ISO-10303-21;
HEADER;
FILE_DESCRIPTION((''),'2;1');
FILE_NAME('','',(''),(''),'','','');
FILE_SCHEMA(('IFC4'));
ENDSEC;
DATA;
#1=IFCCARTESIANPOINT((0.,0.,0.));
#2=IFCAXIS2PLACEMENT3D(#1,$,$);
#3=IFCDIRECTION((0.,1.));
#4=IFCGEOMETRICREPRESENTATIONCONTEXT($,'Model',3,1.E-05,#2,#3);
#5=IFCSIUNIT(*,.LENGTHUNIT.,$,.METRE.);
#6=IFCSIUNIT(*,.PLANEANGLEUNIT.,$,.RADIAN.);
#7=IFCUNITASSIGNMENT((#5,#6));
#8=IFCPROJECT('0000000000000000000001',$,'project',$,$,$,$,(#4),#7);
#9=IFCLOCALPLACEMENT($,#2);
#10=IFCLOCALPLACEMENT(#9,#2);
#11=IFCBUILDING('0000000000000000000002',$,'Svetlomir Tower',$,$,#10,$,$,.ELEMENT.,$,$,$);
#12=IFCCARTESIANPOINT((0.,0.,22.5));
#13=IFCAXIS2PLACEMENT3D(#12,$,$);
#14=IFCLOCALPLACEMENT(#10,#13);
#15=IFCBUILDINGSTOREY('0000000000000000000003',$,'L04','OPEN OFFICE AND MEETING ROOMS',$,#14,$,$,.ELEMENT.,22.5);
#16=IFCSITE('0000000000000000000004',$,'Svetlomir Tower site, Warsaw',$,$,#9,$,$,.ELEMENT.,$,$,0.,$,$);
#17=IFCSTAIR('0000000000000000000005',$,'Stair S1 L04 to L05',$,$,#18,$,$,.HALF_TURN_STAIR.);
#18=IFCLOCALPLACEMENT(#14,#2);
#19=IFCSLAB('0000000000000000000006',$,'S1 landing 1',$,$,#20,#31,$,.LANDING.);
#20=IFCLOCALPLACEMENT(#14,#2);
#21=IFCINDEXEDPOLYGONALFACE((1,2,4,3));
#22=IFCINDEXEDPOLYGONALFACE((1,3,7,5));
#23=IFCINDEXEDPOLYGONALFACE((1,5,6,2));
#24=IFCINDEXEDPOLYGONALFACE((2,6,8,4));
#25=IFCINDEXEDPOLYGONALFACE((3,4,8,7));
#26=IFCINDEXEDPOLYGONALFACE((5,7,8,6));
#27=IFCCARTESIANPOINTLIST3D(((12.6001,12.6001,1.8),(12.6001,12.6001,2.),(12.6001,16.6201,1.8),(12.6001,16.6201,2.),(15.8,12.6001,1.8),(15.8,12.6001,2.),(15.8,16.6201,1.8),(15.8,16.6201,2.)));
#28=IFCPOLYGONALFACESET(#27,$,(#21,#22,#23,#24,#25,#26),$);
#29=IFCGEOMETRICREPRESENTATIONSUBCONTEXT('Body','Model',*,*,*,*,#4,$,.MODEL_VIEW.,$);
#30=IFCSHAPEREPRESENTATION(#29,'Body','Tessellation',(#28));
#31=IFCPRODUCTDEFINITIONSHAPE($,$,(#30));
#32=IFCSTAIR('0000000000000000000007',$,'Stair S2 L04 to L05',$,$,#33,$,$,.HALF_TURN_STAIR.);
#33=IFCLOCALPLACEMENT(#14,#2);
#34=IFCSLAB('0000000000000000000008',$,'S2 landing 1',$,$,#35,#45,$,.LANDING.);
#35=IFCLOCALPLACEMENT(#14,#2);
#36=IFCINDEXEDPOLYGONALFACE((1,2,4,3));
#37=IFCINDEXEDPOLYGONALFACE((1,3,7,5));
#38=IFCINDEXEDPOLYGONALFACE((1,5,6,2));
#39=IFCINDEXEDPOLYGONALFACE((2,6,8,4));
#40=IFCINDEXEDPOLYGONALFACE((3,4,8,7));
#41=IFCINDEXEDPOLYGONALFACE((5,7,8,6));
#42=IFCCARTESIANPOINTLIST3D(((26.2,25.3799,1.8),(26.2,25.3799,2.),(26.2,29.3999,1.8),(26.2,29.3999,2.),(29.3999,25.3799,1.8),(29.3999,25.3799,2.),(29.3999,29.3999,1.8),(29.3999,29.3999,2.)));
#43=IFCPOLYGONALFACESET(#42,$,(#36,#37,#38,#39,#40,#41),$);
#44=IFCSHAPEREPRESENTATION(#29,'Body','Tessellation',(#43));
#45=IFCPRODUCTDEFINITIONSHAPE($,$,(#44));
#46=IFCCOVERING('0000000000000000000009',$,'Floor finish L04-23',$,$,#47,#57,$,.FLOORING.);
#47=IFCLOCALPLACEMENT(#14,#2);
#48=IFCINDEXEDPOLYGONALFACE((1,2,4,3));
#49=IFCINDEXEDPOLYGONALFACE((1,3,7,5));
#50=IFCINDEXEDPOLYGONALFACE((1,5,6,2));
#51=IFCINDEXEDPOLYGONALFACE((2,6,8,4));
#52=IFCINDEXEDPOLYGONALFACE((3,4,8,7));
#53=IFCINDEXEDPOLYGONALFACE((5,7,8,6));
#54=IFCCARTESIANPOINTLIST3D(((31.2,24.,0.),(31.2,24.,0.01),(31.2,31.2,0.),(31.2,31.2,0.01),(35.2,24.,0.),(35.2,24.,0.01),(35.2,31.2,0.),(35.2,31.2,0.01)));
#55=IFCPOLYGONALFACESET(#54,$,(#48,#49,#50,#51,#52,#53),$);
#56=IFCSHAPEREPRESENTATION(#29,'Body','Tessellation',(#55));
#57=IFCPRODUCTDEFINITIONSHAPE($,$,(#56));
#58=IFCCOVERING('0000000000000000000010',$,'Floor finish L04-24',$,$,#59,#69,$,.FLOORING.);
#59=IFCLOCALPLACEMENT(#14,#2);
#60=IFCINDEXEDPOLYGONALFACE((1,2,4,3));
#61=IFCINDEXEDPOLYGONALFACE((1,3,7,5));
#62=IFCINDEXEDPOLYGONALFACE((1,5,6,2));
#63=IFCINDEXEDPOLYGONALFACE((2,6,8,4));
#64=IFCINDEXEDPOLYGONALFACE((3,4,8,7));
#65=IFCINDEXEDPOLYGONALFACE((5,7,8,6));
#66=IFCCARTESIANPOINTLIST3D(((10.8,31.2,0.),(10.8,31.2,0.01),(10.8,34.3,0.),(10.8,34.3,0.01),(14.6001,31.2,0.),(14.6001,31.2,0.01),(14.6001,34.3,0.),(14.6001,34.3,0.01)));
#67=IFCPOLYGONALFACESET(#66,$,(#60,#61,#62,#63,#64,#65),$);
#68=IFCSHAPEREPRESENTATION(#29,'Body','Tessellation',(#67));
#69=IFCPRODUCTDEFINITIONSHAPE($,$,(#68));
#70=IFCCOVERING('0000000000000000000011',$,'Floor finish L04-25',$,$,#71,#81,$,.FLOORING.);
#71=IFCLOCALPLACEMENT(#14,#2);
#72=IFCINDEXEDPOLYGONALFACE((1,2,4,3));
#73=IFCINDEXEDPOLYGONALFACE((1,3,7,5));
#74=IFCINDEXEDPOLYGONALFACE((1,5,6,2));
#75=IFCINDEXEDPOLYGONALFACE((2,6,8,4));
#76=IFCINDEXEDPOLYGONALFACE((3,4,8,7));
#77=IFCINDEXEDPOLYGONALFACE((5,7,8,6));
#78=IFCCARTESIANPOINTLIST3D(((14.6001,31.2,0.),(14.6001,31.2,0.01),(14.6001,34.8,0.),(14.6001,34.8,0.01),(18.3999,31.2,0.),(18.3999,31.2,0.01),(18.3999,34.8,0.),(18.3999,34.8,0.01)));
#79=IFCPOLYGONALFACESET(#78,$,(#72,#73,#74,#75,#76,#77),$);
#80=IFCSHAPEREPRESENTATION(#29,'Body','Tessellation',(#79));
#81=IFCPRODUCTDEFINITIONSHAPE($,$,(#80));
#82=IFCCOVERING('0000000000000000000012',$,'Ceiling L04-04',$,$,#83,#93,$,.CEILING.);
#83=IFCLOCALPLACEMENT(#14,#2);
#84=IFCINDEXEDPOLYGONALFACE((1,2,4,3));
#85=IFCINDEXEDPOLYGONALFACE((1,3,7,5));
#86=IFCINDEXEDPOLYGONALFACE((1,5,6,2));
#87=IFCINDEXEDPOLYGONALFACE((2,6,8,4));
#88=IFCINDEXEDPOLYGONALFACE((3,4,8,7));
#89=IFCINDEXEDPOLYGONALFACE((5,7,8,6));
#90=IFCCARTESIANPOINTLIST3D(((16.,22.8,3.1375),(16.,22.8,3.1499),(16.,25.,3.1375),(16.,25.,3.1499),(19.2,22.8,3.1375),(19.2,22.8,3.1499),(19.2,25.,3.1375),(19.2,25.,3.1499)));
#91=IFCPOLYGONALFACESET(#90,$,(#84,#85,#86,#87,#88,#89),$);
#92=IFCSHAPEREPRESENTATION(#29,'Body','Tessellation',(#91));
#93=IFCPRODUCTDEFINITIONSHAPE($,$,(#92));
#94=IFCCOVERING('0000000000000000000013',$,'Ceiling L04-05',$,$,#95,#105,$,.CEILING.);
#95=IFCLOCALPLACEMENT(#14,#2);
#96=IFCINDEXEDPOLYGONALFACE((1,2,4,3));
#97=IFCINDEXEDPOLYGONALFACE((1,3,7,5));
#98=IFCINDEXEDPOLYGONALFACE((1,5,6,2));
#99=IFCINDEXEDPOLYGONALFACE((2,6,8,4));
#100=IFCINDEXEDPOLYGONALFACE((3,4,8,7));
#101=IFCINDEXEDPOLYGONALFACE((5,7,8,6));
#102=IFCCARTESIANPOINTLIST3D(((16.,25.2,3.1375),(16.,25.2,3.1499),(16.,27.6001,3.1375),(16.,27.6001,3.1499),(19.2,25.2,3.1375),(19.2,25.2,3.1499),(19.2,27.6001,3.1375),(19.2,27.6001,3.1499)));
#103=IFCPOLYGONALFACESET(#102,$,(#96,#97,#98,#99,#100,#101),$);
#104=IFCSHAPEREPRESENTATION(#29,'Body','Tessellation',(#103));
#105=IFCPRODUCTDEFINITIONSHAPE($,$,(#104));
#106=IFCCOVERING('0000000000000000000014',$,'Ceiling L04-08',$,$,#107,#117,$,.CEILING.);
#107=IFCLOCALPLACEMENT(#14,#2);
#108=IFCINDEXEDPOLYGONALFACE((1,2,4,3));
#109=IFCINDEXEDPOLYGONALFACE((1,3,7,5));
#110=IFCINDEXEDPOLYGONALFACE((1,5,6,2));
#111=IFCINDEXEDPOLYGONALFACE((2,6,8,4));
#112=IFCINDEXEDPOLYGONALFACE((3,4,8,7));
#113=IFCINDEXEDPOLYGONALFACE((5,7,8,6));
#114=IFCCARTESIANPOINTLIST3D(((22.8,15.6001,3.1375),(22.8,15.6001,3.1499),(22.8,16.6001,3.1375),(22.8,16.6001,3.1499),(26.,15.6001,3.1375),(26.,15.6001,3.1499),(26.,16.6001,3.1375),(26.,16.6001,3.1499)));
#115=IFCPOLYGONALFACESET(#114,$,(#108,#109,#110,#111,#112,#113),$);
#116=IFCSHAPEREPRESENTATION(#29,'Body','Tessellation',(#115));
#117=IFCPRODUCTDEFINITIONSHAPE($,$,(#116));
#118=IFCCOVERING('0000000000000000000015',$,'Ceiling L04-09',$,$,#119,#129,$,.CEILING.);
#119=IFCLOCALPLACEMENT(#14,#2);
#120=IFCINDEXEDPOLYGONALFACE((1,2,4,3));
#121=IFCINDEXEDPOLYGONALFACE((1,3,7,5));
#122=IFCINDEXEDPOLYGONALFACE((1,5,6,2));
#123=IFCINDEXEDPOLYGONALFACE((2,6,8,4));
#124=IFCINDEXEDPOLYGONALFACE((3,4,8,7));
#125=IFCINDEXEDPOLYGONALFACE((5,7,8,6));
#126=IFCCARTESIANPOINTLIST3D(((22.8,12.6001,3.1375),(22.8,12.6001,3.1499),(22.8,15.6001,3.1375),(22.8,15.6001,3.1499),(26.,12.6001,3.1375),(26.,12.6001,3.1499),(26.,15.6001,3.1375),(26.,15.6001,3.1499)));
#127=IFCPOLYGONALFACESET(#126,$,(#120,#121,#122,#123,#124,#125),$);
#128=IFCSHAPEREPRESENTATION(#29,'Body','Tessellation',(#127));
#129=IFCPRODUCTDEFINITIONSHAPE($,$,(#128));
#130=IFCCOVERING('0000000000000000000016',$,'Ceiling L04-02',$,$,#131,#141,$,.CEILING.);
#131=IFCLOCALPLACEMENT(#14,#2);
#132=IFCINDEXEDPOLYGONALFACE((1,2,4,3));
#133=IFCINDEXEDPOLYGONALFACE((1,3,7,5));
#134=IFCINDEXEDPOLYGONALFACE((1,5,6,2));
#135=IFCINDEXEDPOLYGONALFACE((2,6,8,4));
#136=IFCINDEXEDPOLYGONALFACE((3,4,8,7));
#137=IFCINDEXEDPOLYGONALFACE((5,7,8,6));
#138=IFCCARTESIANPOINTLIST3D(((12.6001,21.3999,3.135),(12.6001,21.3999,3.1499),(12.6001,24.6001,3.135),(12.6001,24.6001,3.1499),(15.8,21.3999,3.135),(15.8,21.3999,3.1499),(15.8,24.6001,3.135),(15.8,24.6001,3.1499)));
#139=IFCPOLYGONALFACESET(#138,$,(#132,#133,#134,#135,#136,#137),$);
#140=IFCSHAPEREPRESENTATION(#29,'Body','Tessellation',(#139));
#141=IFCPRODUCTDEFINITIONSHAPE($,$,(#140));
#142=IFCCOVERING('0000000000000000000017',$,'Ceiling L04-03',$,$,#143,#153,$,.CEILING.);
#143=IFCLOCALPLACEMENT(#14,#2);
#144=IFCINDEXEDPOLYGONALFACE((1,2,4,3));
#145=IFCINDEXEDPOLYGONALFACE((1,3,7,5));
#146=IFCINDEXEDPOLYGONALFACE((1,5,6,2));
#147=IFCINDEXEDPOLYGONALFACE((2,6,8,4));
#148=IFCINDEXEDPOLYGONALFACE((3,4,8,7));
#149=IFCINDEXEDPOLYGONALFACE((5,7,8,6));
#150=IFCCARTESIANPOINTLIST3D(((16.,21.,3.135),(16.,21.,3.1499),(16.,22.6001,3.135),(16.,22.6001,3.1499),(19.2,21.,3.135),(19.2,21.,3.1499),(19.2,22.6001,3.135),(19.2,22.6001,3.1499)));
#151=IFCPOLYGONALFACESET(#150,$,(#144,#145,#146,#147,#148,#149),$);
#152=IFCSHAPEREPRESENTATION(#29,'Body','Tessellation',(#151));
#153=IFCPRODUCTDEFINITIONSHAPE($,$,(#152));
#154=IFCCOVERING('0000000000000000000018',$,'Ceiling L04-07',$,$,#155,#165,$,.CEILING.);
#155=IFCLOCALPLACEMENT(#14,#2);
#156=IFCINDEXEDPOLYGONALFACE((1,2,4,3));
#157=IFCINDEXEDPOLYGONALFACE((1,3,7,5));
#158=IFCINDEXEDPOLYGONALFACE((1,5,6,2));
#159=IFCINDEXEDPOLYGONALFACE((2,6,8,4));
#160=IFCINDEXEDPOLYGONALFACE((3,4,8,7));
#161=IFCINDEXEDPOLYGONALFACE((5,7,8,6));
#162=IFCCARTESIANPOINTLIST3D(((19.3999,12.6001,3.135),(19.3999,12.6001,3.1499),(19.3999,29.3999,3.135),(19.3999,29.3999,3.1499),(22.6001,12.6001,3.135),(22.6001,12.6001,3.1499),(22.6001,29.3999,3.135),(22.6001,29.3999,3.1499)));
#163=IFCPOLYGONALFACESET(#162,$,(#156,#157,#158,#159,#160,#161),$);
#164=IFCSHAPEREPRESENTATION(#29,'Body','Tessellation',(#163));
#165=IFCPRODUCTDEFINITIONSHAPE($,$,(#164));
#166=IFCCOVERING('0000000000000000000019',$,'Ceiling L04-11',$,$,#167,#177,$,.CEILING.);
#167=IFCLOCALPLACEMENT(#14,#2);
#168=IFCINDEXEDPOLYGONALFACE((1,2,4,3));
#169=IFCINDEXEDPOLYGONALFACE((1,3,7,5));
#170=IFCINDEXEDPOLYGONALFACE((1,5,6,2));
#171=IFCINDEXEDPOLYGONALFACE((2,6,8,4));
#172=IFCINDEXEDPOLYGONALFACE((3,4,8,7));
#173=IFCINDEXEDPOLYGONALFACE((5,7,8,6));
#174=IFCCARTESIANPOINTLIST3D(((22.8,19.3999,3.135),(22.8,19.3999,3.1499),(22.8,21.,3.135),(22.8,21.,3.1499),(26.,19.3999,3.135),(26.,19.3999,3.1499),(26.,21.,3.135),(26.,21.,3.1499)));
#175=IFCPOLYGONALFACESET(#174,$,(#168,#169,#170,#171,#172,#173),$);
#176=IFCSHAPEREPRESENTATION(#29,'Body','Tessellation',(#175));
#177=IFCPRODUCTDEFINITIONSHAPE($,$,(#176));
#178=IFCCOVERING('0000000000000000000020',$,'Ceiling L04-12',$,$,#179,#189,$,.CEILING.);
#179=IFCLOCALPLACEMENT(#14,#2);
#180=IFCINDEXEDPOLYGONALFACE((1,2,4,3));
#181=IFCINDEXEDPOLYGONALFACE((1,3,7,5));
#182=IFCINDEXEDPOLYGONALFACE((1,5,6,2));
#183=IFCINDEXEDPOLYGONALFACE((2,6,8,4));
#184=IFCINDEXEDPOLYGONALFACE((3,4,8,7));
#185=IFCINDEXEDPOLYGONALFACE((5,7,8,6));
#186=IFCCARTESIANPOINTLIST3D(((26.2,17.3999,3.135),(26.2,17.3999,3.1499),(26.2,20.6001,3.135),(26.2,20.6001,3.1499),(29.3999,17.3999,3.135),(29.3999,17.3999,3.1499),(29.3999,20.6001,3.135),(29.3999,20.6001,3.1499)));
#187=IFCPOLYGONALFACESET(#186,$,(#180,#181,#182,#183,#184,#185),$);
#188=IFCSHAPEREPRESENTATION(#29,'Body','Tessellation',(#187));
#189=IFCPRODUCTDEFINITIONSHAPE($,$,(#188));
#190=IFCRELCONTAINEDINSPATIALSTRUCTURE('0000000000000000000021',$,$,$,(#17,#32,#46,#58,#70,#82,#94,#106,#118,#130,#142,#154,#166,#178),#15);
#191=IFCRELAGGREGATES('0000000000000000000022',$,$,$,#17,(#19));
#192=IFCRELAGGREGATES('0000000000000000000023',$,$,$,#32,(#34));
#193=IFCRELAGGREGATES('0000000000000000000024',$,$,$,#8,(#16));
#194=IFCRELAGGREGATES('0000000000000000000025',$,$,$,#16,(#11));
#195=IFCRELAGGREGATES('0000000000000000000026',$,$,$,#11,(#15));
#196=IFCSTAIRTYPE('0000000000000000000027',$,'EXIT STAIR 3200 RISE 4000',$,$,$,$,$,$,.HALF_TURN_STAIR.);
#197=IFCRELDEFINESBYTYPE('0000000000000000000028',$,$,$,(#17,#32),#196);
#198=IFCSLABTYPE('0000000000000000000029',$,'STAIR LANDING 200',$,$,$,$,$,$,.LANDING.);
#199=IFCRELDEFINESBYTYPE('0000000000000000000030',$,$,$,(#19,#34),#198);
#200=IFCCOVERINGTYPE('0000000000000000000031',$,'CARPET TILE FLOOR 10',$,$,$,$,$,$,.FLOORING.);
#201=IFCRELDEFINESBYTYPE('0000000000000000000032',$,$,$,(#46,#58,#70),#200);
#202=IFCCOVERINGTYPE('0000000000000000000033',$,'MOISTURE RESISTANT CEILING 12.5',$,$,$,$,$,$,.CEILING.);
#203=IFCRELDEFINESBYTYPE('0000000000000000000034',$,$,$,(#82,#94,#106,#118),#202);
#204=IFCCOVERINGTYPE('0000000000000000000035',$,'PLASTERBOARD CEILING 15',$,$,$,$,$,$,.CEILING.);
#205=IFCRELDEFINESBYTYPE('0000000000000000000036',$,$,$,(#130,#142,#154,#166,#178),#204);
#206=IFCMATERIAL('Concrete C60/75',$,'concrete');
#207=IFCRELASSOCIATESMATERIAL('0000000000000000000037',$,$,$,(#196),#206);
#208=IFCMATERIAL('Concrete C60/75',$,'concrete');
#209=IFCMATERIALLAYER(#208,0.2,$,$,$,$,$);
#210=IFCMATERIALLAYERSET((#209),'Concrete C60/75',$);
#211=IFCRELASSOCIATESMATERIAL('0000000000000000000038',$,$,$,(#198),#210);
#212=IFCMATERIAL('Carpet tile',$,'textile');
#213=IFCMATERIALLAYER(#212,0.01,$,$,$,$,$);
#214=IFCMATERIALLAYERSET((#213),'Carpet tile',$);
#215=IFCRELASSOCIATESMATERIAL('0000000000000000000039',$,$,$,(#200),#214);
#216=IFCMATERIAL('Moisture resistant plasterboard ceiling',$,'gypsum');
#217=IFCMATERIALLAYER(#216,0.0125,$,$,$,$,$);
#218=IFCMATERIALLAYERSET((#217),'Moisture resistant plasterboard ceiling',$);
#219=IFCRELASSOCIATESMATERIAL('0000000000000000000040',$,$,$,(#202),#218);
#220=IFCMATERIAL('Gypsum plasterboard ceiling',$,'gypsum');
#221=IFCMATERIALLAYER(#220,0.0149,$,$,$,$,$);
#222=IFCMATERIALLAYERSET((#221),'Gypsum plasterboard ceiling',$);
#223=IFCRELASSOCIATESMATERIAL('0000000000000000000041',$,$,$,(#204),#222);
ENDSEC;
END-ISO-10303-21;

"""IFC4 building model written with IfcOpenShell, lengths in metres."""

from ifc_helpers import new_model, si_unit, direction, frame, origin, place, context, subcontext, project, spatial, polyline, outline, extrude, material, layer, layer_set, type_object, element, aggregate, save


model = new_model("IFC4")

# Units and contexts
model_context = context("Model", 3, precision=1e-05, world=origin(), true_north=direction((0.0, 1.0)))
body_context = subcontext(model_context, "Body", "Model", "MODEL_VIEW")
ifc_project = project(units=[si_unit("LENGTHUNIT", "METRE"), si_unit("PLANEANGLEUNIT", "RADIAN")], contexts=[model_context])

# Site, building, storey
site_placement = place(None, origin())
site = spatial("IfcSite", under=ifc_project, at=site_placement, Name="Svetlomir Tower site, Warsaw", CompositionType="ELEMENT", RefElevation=0.0)
building_placement = place(site_placement, origin())
building = spatial("IfcBuilding", under=site, at=building_placement, Name="Svetlomir Tower", CompositionType="ELEMENT")
storey_placement = place(building_placement, frame((0.0, 0.0, 22.5)))
storey = spatial("IfcBuildingStorey", under=building, at=storey_placement, Name="L04", Description="OPEN OFFICE AND MEETING ROOMS", CompositionType="ELEMENT", Elevation=22.5)

# Stairs, slabs
ifc_material_1 = material(Name="Concrete C60/75", Category="concrete")
stair_type = type_object("IfcStairType", Name="EXIT STAIR 3200 RISE 4000", PredefinedType="HALF_TURN_STAIR", material=ifc_material_1)
stair_1_placement = place(storey_placement, origin())
stair_1 = element("IfcStair", 1, at=stair_1_placement, inside=storey, type_object=stair_type, Name="Stair S1 L04 to L05", PredefinedType="HALF_TURN_STAIR")
ifc_material_2 = material(Name="Concrete C60/75", Category="concrete")
ifc_layer_1 = layer(ifc_material_2, 0.2)
ifc_layer_set_1 = layer_set([ifc_layer_1], Name="Concrete C60/75")
slab_type = type_object("IfcSlabType", Name="STAIR LANDING 200", PredefinedType="LANDING", material=ifc_layer_set_1)
slab_1_placement = place(storey_placement, frame((0.0, 0.0, 1.8)))
slab_1 = element("IfcSlab", 2, at=slab_1_placement, type_object=slab_type, Name="S1 landing 1", PredefinedType="LANDING", context=body_context, shape_type="SweptSolid", body=[
    extrude(outline(polyline([(12.6001, 12.6001), (15.8, 12.6001), (15.8, 16.6201), (12.6001, 16.6201), (12.6001, 12.6001)])), origin(), (0.0, 0.0, 1.0), 0.2),
])
aggregate(stair_1, [slab_1])
stair_2_placement = place(storey_placement, origin())
stair_2 = element("IfcStair", 3, at=stair_2_placement, inside=storey, type_object=stair_type, Name="Stair S2 L04 to L05", PredefinedType="HALF_TURN_STAIR")
slab_2_placement = place(storey_placement, frame((0.0, 0.0, 1.8)))
slab_2 = element("IfcSlab", 4, at=slab_2_placement, type_object=slab_type, Name="S2 landing 1", PredefinedType="LANDING", context=body_context, shape_type="SweptSolid", body=[
    extrude(outline(polyline([(26.2, 25.3799), (29.3999, 25.3799), (29.3999, 29.3999), (26.2, 29.3999), (26.2, 25.3799)])), origin(), (0.0, 0.0, 1.0), 0.2),
])
aggregate(stair_2, [slab_2])

# Coverings
ifc_material_3 = material(Name="Carpet tile", Category="textile")
ifc_layer_2 = layer(ifc_material_3, 0.01)
ifc_layer_set_2 = layer_set([ifc_layer_2], Name="Carpet tile")
covering_type_1 = type_object("IfcCoveringType", Name="CARPET TILE FLOOR 10", PredefinedType="FLOORING", material=ifc_layer_set_2)
covering_1_placement = place(storey_placement, origin())
element("IfcCovering", 5, at=covering_1_placement, inside=storey, type_object=covering_type_1, Name="Floor finish L04-23", PredefinedType="FLOORING", context=body_context, shape_type="SweptSolid", body=[
    extrude(outline(polyline([(31.2, 24.0), (35.2, 24.0), (35.2, 31.2), (31.2, 31.2), (31.2, 24.0)])), origin(), (0.0, 0.0, 1.0), 0.01),
])
covering_2_placement = place(storey_placement, origin())
element("IfcCovering", 6, at=covering_2_placement, inside=storey, type_object=covering_type_1, Name="Floor finish L04-24", PredefinedType="FLOORING", context=body_context, shape_type="SweptSolid", body=[
    extrude(outline(polyline([(10.8, 31.2), (14.6001, 31.2), (14.6001, 34.3), (10.8, 34.3), (10.8, 31.2)])), origin(), (0.0, 0.0, 1.0), 0.01),
])
covering_3_placement = place(storey_placement, origin())
element("IfcCovering", 7, at=covering_3_placement, inside=storey, type_object=covering_type_1, Name="Floor finish L04-25", PredefinedType="FLOORING", context=body_context, shape_type="SweptSolid", body=[
    extrude(outline(polyline([(14.6001, 31.2), (18.3999, 31.2), (18.3999, 34.8), (14.6001, 34.8), (14.6001, 31.2)])), origin(), (0.0, 0.0, 1.0), 0.01),
])
ifc_material_4 = material(Name="Moisture resistant plasterboard ceiling", Category="gypsum")
ifc_layer_3 = layer(ifc_material_4, 0.0125)
ifc_layer_set_3 = layer_set([ifc_layer_3], Name="Moisture resistant plasterboard ceiling")
covering_type_2 = type_object("IfcCoveringType", Name="MOISTURE RESISTANT CEILING 12.5", PredefinedType="CEILING", material=ifc_layer_set_3)
covering_4_placement = place(storey_placement, frame((0.0, 0.0, 3.1375)))
element("IfcCovering", 8, at=covering_4_placement, inside=storey, type_object=covering_type_2, Name="Ceiling L04-04", PredefinedType="CEILING", context=body_context, shape_type="SweptSolid", body=[
    extrude(outline(polyline([(16.0, 22.8), (19.2, 22.8), (19.2, 25.0), (16.0, 25.0), (16.0, 22.8)])), origin(), (0.0, 0.0, 1.0), 0.0125),
])
covering_5_placement = place(storey_placement, frame((0.0, 0.0, 3.1375)))
element("IfcCovering", 9, at=covering_5_placement, inside=storey, type_object=covering_type_2, Name="Ceiling L04-05", PredefinedType="CEILING", context=body_context, shape_type="SweptSolid", body=[
    extrude(outline(polyline([(16.0, 25.2), (19.2, 25.2), (19.2, 27.6001), (16.0, 27.6001), (16.0, 25.2)])), origin(), (0.0, 0.0, 1.0), 0.0125),
])
covering_6_placement = place(storey_placement, frame((0.0, 0.0, 3.1375)))
element("IfcCovering", 10, at=covering_6_placement, inside=storey, type_object=covering_type_2, Name="Ceiling L04-08", PredefinedType="CEILING", context=body_context, shape_type="SweptSolid", body=[
    extrude(outline(polyline([(22.8, 15.6001), (26.0, 15.6001), (26.0, 16.6001), (22.8, 16.6001), (22.8, 15.6001)])), origin(), (0.0, 0.0, 1.0), 0.0125),
])
covering_7_placement = place(storey_placement, frame((0.0, 0.0, 3.1375)))
element("IfcCovering", 11, at=covering_7_placement, inside=storey, type_object=covering_type_2, Name="Ceiling L04-09", PredefinedType="CEILING", context=body_context, shape_type="SweptSolid", body=[
    extrude(outline(polyline([(22.8, 12.6001), (26.0, 12.6001), (26.0, 15.6001), (22.8, 15.6001), (22.8, 12.6001)])), origin(), (0.0, 0.0, 1.0), 0.0125),
])
ifc_material_5 = material(Name="Gypsum plasterboard ceiling", Category="gypsum")
ifc_layer_4 = layer(ifc_material_5, 0.0149)
ifc_layer_set_4 = layer_set([ifc_layer_4], Name="Gypsum plasterboard ceiling")
covering_type_3 = type_object("IfcCoveringType", Name="PLASTERBOARD CEILING 15", PredefinedType="CEILING", material=ifc_layer_set_4)
covering_8_placement = place(storey_placement, frame((0.0, 0.0, 3.135)))
element("IfcCovering", 12, at=covering_8_placement, inside=storey, type_object=covering_type_3, Name="Ceiling L04-02", PredefinedType="CEILING", context=body_context, shape_type="SweptSolid", body=[
    extrude(outline(polyline([(12.6001, 21.3999), (15.8, 21.3999), (15.8, 24.6001), (12.6001, 24.6001), (12.6001, 21.3999)])), origin(), (0.0, 0.0, 1.0), 0.0149),
])
covering_9_placement = place(storey_placement, frame((0.0, 0.0, 3.135)))
element("IfcCovering", 13, at=covering_9_placement, inside=storey, type_object=covering_type_3, Name="Ceiling L04-03", PredefinedType="CEILING", context=body_context, shape_type="SweptSolid", body=[
    extrude(outline(polyline([(16.0, 21.0), (19.2, 21.0), (19.2, 22.6001), (16.0, 22.6001), (16.0, 21.0)])), origin(), (0.0, 0.0, 1.0), 0.0149),
])
covering_10_placement = place(storey_placement, frame((0.0, 0.0, 3.135)))
element("IfcCovering", 14, at=covering_10_placement, inside=storey, type_object=covering_type_3, Name="Ceiling L04-07", PredefinedType="CEILING", context=body_context, shape_type="SweptSolid", body=[
    extrude(outline(polyline([(19.3999, 12.6001), (22.6001, 12.6001), (22.6001, 29.3999), (19.3999, 29.3999), (19.3999, 12.6001)])), origin(), (0.0, 0.0, 1.0), 0.0149),
])
covering_11_placement = place(storey_placement, frame((0.0, 0.0, 3.135)))
element("IfcCovering", 15, at=covering_11_placement, inside=storey, type_object=covering_type_3, Name="Ceiling L04-11", PredefinedType="CEILING", context=body_context, shape_type="SweptSolid", body=[
    extrude(outline(polyline([(22.8, 19.3999), (26.0, 19.3999), (26.0, 21.0), (22.8, 21.0), (22.8, 19.3999)])), origin(), (0.0, 0.0, 1.0), 0.0149),
])
covering_12_placement = place(storey_placement, frame((0.0, 0.0, 3.135)))
element("IfcCovering", 16, at=covering_12_placement, inside=storey, type_object=covering_type_3, Name="Ceiling L04-12", PredefinedType="CEILING", context=body_context, shape_type="SweptSolid", body=[
    extrude(outline(polyline([(26.2, 17.3999), (29.3999, 17.3999), (29.3999, 20.6001), (26.2, 20.6001), (26.2, 17.3999)])), origin(), (0.0, 0.0, 1.0), 0.0149),
])

save(model, "model.ifc")
